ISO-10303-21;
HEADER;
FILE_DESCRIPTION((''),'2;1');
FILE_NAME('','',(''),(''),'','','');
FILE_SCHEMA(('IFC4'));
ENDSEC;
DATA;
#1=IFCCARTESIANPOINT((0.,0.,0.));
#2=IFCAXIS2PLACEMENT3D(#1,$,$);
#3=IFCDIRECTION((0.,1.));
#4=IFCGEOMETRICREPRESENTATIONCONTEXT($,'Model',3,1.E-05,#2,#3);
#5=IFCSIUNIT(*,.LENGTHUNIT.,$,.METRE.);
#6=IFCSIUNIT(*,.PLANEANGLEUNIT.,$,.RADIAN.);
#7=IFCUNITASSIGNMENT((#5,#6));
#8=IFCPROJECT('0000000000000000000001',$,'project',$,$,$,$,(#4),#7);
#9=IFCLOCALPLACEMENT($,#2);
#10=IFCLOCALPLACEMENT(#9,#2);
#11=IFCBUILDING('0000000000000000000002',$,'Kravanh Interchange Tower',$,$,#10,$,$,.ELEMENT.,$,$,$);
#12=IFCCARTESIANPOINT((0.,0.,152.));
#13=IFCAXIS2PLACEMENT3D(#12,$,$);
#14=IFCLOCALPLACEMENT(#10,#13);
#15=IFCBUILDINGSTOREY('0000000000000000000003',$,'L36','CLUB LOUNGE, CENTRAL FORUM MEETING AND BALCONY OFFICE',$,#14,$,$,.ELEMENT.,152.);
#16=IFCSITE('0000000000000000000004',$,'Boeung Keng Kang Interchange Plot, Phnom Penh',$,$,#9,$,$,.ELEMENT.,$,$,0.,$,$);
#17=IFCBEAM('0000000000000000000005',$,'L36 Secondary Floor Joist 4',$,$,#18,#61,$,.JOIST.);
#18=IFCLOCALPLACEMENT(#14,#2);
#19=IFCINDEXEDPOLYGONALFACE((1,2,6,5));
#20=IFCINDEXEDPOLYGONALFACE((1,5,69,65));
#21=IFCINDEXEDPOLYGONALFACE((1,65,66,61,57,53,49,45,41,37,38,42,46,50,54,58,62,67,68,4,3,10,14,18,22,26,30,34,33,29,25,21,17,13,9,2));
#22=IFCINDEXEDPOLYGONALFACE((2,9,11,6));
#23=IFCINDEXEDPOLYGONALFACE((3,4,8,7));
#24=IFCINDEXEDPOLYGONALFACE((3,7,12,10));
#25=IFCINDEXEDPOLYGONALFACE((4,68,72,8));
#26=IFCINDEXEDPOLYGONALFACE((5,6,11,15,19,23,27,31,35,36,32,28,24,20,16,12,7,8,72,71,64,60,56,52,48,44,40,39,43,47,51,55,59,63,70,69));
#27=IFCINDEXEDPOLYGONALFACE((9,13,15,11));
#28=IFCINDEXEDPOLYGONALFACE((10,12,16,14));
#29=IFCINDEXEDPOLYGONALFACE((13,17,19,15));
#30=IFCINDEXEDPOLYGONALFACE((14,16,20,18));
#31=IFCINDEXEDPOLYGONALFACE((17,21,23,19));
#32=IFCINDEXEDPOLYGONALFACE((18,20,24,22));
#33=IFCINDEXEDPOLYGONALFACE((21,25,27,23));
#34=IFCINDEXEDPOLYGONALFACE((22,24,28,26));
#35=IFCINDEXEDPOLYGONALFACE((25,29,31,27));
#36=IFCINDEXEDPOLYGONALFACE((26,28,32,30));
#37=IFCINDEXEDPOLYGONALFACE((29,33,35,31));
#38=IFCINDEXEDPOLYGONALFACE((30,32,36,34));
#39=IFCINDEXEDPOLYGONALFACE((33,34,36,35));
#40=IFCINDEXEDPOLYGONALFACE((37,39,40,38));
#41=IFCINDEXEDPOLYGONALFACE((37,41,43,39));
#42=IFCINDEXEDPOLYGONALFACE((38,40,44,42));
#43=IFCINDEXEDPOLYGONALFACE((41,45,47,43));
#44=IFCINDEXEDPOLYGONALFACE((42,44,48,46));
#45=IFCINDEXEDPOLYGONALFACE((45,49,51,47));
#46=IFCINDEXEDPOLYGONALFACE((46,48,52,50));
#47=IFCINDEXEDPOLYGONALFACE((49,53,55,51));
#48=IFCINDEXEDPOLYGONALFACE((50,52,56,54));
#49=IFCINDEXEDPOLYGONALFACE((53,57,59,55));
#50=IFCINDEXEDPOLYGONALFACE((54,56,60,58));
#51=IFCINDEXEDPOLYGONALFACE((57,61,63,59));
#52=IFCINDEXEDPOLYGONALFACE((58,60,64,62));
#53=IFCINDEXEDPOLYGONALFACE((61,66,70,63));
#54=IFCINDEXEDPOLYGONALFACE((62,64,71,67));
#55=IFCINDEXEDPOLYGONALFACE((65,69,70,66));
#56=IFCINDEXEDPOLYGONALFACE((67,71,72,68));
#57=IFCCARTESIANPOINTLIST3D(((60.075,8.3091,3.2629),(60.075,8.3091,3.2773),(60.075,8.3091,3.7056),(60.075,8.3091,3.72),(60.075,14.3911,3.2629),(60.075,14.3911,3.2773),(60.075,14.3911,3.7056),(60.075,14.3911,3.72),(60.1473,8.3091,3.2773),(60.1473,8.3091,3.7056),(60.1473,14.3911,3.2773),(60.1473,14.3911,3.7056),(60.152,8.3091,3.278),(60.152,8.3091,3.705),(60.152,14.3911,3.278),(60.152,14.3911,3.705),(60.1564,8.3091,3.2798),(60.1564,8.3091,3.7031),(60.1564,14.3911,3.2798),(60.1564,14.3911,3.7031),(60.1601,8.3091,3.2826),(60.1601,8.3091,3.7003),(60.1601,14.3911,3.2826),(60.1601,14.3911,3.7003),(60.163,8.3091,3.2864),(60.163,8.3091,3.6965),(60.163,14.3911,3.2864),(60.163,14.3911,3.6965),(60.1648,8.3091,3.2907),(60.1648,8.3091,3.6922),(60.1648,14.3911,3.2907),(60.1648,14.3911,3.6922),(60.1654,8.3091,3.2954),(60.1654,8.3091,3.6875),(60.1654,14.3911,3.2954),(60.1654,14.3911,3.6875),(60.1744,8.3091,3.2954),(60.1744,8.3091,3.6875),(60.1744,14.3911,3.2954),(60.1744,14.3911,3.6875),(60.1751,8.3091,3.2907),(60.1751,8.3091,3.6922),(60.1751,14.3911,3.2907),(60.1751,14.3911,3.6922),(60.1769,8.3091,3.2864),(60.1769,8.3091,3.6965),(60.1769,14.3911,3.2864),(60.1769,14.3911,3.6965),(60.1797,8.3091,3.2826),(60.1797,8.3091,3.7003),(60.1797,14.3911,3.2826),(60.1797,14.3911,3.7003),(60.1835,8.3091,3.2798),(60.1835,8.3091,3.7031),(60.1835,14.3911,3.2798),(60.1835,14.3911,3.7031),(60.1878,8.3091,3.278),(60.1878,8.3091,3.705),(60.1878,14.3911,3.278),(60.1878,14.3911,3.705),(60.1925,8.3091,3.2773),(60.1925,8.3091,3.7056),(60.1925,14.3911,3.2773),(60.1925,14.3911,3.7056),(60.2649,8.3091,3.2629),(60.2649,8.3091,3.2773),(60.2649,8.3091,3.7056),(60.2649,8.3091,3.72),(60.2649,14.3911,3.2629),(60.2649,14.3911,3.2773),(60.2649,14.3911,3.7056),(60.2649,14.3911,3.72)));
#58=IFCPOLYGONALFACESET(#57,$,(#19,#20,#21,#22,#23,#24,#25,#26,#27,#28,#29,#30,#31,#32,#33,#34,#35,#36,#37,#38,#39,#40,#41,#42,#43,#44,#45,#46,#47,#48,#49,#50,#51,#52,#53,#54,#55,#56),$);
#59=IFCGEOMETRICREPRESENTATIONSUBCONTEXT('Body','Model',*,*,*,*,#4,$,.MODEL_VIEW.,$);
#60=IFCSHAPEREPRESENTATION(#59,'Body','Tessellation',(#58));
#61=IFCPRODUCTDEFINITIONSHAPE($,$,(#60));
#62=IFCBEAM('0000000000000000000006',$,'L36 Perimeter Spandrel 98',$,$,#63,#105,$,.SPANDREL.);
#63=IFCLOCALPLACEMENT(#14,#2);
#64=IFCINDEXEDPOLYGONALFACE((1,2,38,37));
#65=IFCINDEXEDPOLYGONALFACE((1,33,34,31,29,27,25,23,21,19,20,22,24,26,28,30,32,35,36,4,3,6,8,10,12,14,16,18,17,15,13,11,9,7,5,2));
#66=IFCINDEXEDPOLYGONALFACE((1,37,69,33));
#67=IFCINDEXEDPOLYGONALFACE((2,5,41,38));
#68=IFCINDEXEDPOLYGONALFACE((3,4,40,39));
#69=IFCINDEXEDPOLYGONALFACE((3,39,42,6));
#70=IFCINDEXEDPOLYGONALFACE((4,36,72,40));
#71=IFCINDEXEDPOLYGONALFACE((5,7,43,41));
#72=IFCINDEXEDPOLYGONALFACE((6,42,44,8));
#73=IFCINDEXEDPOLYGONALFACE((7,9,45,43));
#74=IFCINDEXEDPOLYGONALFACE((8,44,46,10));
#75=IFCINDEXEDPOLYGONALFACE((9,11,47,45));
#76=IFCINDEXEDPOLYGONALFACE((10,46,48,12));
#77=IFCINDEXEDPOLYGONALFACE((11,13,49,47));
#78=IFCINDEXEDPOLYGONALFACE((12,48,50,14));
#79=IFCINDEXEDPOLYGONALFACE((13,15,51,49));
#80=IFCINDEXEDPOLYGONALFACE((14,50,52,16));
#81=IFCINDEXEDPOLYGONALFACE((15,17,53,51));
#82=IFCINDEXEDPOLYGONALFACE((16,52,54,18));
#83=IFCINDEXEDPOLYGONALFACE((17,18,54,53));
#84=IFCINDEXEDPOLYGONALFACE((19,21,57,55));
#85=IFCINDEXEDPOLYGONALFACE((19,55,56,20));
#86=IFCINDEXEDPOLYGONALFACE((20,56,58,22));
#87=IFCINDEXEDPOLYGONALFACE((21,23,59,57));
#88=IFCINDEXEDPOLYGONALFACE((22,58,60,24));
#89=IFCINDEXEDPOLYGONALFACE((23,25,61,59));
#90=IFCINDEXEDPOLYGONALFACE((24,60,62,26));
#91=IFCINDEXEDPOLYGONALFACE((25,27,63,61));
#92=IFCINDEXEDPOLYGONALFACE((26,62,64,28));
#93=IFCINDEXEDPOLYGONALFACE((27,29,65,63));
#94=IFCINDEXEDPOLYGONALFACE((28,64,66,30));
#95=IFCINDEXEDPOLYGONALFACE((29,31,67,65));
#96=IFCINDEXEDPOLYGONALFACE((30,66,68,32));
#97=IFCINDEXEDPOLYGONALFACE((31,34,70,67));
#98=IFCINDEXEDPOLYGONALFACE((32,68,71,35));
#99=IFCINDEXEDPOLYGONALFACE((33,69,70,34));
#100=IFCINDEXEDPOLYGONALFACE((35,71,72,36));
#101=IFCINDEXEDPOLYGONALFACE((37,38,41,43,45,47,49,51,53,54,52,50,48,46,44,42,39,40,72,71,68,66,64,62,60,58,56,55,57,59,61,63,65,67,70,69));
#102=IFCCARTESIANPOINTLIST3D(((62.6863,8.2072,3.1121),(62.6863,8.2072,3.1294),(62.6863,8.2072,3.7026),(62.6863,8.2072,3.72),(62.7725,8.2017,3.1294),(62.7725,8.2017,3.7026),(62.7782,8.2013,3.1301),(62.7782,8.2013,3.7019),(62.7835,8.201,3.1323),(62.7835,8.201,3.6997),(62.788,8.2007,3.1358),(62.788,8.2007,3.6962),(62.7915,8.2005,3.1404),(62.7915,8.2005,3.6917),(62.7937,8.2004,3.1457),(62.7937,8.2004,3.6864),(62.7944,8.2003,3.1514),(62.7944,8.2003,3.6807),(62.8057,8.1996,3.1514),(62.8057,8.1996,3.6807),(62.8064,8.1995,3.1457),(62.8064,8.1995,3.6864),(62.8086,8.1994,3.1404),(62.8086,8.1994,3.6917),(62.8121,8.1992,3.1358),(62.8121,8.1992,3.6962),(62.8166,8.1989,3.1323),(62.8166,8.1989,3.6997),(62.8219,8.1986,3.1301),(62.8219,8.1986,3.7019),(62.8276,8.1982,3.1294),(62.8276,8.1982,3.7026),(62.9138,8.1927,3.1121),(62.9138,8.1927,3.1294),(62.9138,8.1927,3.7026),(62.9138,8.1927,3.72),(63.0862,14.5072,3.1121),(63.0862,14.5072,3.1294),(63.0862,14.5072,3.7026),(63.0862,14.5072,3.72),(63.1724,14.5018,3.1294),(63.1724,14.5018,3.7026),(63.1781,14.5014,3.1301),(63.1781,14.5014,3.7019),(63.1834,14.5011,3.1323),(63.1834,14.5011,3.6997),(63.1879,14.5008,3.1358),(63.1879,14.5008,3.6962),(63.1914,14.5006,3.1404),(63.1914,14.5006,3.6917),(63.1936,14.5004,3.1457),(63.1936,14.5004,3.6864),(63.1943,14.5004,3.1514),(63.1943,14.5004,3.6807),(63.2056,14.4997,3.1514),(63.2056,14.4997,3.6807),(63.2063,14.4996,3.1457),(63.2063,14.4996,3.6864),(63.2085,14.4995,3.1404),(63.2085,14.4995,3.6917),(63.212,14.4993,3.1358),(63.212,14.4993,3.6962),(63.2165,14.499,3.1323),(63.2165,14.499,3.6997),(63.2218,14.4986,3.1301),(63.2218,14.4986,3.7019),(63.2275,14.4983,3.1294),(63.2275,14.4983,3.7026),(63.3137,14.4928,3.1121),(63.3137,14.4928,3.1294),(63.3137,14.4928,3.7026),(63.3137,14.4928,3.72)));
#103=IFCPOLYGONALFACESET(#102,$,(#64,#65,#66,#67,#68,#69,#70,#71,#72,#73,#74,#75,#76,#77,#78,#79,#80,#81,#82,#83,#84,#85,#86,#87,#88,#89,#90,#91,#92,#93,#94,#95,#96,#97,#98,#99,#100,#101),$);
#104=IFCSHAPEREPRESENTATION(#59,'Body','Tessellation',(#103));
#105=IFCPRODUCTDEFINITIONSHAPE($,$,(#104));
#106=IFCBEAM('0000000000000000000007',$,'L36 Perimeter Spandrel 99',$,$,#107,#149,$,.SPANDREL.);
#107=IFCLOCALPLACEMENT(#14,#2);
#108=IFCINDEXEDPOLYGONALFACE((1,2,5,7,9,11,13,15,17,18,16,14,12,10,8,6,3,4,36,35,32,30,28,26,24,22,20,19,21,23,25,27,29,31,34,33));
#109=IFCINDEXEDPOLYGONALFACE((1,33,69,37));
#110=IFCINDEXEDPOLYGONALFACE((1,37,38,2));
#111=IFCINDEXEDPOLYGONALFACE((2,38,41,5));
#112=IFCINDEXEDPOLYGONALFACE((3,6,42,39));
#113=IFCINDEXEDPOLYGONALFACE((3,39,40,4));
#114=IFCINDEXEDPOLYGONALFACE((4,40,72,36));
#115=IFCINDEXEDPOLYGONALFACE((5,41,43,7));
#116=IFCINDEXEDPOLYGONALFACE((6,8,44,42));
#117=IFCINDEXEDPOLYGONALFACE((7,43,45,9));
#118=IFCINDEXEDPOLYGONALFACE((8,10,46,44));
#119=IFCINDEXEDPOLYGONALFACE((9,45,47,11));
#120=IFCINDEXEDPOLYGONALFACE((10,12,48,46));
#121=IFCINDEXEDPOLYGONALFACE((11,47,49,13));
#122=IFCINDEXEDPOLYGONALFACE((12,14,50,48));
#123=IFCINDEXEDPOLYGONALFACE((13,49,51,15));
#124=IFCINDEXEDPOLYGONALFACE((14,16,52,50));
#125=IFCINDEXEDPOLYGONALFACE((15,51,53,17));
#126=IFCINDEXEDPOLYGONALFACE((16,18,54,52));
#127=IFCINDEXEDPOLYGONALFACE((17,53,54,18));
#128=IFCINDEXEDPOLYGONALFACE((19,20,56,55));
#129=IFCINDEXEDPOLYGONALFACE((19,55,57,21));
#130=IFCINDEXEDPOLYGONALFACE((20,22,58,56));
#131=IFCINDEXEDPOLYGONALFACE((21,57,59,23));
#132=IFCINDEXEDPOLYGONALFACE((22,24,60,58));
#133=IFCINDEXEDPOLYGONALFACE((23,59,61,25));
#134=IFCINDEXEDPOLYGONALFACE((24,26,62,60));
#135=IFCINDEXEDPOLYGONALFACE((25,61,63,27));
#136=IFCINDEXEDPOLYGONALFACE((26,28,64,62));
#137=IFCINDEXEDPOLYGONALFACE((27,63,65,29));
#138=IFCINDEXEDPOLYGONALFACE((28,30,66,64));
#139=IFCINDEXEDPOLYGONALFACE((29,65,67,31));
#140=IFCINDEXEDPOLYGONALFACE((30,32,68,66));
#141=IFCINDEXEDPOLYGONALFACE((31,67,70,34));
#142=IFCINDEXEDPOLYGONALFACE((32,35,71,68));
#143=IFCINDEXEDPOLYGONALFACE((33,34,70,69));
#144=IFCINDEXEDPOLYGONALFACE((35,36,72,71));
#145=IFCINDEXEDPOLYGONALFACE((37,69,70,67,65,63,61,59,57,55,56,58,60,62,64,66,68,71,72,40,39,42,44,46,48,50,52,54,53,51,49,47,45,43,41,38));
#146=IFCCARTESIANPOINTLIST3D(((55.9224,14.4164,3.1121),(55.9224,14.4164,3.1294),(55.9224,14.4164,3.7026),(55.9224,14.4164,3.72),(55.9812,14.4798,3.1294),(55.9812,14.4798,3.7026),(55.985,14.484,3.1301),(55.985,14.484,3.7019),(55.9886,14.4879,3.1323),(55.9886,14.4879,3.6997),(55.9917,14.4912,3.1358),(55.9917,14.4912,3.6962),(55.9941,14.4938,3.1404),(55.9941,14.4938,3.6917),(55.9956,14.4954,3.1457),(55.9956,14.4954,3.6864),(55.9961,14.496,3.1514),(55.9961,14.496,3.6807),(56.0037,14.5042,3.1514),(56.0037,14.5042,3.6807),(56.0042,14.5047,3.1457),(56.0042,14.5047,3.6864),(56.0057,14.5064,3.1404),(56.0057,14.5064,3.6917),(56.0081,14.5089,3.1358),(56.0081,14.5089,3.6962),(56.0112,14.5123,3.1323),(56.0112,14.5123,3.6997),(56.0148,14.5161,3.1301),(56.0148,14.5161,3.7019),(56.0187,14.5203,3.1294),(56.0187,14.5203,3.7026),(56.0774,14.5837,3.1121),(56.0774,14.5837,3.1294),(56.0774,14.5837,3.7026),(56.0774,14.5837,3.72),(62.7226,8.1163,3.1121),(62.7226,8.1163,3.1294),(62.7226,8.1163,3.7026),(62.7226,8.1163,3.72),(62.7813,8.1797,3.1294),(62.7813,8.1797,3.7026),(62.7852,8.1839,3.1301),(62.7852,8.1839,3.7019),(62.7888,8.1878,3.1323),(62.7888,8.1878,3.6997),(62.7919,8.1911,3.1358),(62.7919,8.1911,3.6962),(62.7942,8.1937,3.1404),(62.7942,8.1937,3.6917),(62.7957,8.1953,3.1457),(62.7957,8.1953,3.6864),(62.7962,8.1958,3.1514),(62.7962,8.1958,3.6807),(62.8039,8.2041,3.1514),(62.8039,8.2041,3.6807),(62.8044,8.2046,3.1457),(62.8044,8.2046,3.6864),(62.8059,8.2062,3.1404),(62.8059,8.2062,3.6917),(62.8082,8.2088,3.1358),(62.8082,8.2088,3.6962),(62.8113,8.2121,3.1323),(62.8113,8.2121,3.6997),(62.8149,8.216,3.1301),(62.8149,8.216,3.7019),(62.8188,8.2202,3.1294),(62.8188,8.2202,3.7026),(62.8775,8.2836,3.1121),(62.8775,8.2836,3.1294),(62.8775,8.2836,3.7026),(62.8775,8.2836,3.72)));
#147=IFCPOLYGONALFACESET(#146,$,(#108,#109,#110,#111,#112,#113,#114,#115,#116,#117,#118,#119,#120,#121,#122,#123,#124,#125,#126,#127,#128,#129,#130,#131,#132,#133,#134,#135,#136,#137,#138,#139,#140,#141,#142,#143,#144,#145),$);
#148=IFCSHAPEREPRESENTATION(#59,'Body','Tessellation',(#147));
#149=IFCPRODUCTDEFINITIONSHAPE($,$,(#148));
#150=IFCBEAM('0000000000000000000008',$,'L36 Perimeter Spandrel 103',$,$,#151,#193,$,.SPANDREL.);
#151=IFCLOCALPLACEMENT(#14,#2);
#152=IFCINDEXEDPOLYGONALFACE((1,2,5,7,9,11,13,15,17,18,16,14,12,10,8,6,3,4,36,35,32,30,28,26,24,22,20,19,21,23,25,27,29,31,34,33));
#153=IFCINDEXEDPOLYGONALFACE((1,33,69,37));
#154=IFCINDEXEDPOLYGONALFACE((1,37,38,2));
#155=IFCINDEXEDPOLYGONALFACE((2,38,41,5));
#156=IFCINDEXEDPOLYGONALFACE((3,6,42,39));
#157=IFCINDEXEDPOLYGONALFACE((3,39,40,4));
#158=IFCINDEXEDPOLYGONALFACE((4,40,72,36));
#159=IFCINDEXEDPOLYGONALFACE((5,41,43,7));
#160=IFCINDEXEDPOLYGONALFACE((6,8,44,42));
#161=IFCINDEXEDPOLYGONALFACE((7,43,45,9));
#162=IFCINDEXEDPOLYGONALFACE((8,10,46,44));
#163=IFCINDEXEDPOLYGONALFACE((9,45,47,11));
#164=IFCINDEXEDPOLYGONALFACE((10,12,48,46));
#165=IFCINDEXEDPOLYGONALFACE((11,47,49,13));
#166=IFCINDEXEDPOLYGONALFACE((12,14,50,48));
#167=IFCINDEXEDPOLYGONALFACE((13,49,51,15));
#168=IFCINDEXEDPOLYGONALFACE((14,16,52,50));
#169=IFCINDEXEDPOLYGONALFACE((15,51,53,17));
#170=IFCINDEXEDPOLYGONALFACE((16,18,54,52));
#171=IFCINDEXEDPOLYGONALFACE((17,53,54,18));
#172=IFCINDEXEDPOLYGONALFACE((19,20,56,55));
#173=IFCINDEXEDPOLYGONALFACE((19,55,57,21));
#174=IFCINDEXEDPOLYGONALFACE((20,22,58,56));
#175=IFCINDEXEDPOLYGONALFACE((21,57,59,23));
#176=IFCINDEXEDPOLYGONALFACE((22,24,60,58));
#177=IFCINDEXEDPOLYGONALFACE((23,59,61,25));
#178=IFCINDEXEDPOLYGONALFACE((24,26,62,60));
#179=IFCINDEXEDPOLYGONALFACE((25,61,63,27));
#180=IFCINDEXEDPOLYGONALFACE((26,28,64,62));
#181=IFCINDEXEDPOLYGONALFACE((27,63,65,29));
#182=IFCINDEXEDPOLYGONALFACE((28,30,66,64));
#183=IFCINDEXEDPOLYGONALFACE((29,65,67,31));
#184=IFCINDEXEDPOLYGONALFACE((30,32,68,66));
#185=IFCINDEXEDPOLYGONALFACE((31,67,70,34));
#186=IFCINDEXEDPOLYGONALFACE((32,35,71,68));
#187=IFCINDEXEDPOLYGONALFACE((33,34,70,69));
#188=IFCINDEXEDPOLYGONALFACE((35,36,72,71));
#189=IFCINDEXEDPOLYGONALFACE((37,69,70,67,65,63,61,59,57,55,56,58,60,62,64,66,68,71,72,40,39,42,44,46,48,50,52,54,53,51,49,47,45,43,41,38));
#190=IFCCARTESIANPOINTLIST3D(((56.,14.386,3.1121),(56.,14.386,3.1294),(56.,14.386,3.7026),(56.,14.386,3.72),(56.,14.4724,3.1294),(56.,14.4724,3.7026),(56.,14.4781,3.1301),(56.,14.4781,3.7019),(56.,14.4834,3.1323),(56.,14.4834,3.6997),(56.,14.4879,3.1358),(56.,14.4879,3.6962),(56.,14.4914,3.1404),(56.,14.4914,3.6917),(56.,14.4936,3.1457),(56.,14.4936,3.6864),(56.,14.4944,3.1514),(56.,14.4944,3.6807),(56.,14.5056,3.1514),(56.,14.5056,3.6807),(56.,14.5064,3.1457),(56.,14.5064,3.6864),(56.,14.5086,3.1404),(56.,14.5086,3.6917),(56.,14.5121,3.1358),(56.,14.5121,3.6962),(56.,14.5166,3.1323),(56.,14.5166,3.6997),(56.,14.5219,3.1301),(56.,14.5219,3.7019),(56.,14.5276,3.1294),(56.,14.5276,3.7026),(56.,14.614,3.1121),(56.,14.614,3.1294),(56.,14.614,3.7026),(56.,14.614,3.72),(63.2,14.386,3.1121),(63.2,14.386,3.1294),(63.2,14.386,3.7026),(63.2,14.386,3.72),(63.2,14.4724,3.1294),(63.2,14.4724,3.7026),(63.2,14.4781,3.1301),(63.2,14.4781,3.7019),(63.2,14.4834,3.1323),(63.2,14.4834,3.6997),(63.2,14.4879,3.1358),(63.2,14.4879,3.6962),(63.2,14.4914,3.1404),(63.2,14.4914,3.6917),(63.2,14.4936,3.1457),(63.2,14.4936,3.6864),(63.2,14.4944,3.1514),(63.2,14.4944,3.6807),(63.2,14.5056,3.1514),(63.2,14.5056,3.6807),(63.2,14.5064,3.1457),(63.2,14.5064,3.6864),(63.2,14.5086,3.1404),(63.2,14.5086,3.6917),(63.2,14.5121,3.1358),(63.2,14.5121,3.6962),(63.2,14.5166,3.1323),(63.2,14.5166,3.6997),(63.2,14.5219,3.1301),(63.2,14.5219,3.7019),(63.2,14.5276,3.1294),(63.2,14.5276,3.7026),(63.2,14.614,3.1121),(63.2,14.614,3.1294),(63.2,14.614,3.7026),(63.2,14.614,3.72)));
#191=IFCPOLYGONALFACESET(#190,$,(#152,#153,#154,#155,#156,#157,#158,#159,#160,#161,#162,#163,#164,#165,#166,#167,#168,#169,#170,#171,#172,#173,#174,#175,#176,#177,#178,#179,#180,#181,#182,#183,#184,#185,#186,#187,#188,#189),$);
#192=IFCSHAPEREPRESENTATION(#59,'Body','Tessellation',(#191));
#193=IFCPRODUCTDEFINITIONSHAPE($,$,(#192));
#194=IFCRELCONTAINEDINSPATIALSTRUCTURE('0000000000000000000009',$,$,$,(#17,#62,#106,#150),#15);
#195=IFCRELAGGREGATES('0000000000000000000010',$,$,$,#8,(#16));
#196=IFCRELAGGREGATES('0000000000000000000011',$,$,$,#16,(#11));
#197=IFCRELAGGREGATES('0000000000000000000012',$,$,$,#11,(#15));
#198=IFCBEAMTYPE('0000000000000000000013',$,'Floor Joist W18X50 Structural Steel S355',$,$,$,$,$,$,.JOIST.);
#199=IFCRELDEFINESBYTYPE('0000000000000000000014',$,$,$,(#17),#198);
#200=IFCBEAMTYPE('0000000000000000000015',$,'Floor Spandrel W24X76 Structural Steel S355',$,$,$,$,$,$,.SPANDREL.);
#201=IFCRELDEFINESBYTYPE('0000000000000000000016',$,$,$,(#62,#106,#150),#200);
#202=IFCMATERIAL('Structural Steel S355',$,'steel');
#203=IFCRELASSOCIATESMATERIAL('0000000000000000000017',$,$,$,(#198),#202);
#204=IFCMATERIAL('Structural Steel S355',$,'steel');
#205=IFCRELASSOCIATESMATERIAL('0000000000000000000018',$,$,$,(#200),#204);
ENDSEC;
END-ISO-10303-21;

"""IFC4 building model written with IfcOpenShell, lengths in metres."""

from ifc_helpers import new_model, si_unit, direction, frame, origin, origin_2d, place, context, subcontext, project, spatial, i_section, extrude, material, material_profile, profile_set, type_object, element, save


model = new_model("IFC4")

# Units and contexts
model_context = context("Model", 3, precision=1e-05, world=origin(), true_north=direction((0.0, 1.0)))
body_context = subcontext(model_context, "Body", "Model", "MODEL_VIEW")
ifc_project = project(units=[si_unit("LENGTHUNIT", "METRE"), si_unit("PLANEANGLEUNIT", "RADIAN")], contexts=[model_context])

# Site, building, storey
site_placement = place(None, origin())
site = spatial("IfcSite", under=ifc_project, at=site_placement, Name="Boeung Keng Kang Interchange Plot, Phnom Penh", CompositionType="ELEMENT", RefElevation=0.0)
building_placement = place(site_placement, origin())
building = spatial("IfcBuilding", under=site, at=building_placement, Name="Kravanh Interchange Tower", CompositionType="ELEMENT")
storey_placement = place(building_placement, frame((0.0, 0.0, 152.0)))
storey = spatial("IfcBuildingStorey", under=building, at=storey_placement, Name="L36", Description="CLUB LOUNGE, CENTRAL FORUM MEETING AND BALCONY OFFICE", CompositionType="ELEMENT", Elevation=152.0)

# Beams
ifc_material_1 = material(Name="Structural Steel S355", Category="steel")
ifc_material_profile_1 = material_profile(ifc_material_1, i_section(OverallWidth=0.1899, OverallDepth=0.457, WebThickness=0.009, FlangeThickness=0.0144, FilletRadius=0.0181, at=origin_2d()), Name="W18X50")
ifc_profile_set_1 = profile_set([ifc_material_profile_1], Name="Structural Steel S355")
beam_type_1 = type_object("IfcBeamType", Name="Floor Joist W18X50 Structural Steel S355", PredefinedType="JOIST", material=ifc_profile_set_1)
for number, where, z_axis, x_axis, name in (
    (1, (60.1699, 8.3091, 3.4915), (0.0, 1.0, 0.0), (-1.0, 0.0, 0.0), "L36 Secondary Floor Joist 4"),
):
    element("IfcBeam", number, at=place(storey_placement, frame(where, z_axis=z_axis, x_axis=x_axis)), inside=storey, type_object=beam_type_1, Name=name, PredefinedType="JOIST", context=body_context, shape_type="SweptSolid", body=[
        extrude(i_section(OverallWidth=0.1899, OverallDepth=0.457, WebThickness=0.009, FlangeThickness=0.0144, FilletRadius=0.0181, at=origin_2d()), origin(), (0.0, 0.0, 1.0), 6.082),
    ])
ifc_material_2 = material(Name="Structural Steel S355", Category="steel")
ifc_material_profile_2 = material_profile(ifc_material_2, i_section(OverallWidth=0.228, OverallDepth=0.6079, WebThickness=0.0112, FlangeThickness=0.0173, FilletRadius=0.022, at=origin_2d()), Name="W24X76")
ifc_profile_set_2 = profile_set([ifc_material_profile_2], Name="Structural Steel S355")
beam_type_2 = type_object("IfcBeamType", Name="Floor Spandrel W24X76 Structural Steel S355", PredefinedType="SPANDREL", material=ifc_profile_set_2)
beam_1_placement = place(storey_placement, frame((62.8, 8.2, 3.416), z_axis=(0.063349, 0.997991, 0.0), x_axis=(-0.997991, 0.063349, 0.0)))
element("IfcBeam", 2, at=beam_1_placement, inside=storey, type_object=beam_type_2, Name="L36 Perimeter Spandrel 98", PredefinedType="SPANDREL", context=body_context, shape_type="SweptSolid", body=[
    extrude(i_section(OverallWidth=0.228, OverallDepth=0.6079, WebThickness=0.0112, FlangeThickness=0.0173, FilletRadius=0.022, at=origin_2d()), origin(), (0.0, 0.0, 1.0), 6.3127),
])
beam_2_placement = place(storey_placement, frame((62.8, 8.2, 3.416), z_axis=(-0.733561, 0.679623, 0.0), x_axis=(-0.679623, -0.733561, 0.0)))
element("IfcBeam", 3, at=beam_2_placement, inside=storey, type_object=beam_type_2, Name="L36 Perimeter Spandrel 99", PredefinedType="SPANDREL", context=body_context, shape_type="SweptSolid", body=[
    extrude(i_section(OverallWidth=0.228, OverallDepth=0.6079, WebThickness=0.0112, FlangeThickness=0.0173, FilletRadius=0.022, at=origin_2d()), origin(), (0.0, 0.0, 1.0), 9.27),
])
beam_3_placement = place(storey_placement, frame((56.0, 14.5, 3.416), z_axis=(1.0, 0.0, 0.0), x_axis=(0.0, 1.0, 0.0)))
element("IfcBeam", 4, at=beam_3_placement, inside=storey, type_object=beam_type_2, Name="L36 Perimeter Spandrel 103", PredefinedType="SPANDREL", context=body_context, shape_type="SweptSolid", body=[
    extrude(i_section(OverallWidth=0.228, OverallDepth=0.6079, WebThickness=0.0112, FlangeThickness=0.0173, FilletRadius=0.022, at=origin_2d()), origin(), (0.0, 0.0, 1.0), 7.2),
])

save(model, "model.ifc")
